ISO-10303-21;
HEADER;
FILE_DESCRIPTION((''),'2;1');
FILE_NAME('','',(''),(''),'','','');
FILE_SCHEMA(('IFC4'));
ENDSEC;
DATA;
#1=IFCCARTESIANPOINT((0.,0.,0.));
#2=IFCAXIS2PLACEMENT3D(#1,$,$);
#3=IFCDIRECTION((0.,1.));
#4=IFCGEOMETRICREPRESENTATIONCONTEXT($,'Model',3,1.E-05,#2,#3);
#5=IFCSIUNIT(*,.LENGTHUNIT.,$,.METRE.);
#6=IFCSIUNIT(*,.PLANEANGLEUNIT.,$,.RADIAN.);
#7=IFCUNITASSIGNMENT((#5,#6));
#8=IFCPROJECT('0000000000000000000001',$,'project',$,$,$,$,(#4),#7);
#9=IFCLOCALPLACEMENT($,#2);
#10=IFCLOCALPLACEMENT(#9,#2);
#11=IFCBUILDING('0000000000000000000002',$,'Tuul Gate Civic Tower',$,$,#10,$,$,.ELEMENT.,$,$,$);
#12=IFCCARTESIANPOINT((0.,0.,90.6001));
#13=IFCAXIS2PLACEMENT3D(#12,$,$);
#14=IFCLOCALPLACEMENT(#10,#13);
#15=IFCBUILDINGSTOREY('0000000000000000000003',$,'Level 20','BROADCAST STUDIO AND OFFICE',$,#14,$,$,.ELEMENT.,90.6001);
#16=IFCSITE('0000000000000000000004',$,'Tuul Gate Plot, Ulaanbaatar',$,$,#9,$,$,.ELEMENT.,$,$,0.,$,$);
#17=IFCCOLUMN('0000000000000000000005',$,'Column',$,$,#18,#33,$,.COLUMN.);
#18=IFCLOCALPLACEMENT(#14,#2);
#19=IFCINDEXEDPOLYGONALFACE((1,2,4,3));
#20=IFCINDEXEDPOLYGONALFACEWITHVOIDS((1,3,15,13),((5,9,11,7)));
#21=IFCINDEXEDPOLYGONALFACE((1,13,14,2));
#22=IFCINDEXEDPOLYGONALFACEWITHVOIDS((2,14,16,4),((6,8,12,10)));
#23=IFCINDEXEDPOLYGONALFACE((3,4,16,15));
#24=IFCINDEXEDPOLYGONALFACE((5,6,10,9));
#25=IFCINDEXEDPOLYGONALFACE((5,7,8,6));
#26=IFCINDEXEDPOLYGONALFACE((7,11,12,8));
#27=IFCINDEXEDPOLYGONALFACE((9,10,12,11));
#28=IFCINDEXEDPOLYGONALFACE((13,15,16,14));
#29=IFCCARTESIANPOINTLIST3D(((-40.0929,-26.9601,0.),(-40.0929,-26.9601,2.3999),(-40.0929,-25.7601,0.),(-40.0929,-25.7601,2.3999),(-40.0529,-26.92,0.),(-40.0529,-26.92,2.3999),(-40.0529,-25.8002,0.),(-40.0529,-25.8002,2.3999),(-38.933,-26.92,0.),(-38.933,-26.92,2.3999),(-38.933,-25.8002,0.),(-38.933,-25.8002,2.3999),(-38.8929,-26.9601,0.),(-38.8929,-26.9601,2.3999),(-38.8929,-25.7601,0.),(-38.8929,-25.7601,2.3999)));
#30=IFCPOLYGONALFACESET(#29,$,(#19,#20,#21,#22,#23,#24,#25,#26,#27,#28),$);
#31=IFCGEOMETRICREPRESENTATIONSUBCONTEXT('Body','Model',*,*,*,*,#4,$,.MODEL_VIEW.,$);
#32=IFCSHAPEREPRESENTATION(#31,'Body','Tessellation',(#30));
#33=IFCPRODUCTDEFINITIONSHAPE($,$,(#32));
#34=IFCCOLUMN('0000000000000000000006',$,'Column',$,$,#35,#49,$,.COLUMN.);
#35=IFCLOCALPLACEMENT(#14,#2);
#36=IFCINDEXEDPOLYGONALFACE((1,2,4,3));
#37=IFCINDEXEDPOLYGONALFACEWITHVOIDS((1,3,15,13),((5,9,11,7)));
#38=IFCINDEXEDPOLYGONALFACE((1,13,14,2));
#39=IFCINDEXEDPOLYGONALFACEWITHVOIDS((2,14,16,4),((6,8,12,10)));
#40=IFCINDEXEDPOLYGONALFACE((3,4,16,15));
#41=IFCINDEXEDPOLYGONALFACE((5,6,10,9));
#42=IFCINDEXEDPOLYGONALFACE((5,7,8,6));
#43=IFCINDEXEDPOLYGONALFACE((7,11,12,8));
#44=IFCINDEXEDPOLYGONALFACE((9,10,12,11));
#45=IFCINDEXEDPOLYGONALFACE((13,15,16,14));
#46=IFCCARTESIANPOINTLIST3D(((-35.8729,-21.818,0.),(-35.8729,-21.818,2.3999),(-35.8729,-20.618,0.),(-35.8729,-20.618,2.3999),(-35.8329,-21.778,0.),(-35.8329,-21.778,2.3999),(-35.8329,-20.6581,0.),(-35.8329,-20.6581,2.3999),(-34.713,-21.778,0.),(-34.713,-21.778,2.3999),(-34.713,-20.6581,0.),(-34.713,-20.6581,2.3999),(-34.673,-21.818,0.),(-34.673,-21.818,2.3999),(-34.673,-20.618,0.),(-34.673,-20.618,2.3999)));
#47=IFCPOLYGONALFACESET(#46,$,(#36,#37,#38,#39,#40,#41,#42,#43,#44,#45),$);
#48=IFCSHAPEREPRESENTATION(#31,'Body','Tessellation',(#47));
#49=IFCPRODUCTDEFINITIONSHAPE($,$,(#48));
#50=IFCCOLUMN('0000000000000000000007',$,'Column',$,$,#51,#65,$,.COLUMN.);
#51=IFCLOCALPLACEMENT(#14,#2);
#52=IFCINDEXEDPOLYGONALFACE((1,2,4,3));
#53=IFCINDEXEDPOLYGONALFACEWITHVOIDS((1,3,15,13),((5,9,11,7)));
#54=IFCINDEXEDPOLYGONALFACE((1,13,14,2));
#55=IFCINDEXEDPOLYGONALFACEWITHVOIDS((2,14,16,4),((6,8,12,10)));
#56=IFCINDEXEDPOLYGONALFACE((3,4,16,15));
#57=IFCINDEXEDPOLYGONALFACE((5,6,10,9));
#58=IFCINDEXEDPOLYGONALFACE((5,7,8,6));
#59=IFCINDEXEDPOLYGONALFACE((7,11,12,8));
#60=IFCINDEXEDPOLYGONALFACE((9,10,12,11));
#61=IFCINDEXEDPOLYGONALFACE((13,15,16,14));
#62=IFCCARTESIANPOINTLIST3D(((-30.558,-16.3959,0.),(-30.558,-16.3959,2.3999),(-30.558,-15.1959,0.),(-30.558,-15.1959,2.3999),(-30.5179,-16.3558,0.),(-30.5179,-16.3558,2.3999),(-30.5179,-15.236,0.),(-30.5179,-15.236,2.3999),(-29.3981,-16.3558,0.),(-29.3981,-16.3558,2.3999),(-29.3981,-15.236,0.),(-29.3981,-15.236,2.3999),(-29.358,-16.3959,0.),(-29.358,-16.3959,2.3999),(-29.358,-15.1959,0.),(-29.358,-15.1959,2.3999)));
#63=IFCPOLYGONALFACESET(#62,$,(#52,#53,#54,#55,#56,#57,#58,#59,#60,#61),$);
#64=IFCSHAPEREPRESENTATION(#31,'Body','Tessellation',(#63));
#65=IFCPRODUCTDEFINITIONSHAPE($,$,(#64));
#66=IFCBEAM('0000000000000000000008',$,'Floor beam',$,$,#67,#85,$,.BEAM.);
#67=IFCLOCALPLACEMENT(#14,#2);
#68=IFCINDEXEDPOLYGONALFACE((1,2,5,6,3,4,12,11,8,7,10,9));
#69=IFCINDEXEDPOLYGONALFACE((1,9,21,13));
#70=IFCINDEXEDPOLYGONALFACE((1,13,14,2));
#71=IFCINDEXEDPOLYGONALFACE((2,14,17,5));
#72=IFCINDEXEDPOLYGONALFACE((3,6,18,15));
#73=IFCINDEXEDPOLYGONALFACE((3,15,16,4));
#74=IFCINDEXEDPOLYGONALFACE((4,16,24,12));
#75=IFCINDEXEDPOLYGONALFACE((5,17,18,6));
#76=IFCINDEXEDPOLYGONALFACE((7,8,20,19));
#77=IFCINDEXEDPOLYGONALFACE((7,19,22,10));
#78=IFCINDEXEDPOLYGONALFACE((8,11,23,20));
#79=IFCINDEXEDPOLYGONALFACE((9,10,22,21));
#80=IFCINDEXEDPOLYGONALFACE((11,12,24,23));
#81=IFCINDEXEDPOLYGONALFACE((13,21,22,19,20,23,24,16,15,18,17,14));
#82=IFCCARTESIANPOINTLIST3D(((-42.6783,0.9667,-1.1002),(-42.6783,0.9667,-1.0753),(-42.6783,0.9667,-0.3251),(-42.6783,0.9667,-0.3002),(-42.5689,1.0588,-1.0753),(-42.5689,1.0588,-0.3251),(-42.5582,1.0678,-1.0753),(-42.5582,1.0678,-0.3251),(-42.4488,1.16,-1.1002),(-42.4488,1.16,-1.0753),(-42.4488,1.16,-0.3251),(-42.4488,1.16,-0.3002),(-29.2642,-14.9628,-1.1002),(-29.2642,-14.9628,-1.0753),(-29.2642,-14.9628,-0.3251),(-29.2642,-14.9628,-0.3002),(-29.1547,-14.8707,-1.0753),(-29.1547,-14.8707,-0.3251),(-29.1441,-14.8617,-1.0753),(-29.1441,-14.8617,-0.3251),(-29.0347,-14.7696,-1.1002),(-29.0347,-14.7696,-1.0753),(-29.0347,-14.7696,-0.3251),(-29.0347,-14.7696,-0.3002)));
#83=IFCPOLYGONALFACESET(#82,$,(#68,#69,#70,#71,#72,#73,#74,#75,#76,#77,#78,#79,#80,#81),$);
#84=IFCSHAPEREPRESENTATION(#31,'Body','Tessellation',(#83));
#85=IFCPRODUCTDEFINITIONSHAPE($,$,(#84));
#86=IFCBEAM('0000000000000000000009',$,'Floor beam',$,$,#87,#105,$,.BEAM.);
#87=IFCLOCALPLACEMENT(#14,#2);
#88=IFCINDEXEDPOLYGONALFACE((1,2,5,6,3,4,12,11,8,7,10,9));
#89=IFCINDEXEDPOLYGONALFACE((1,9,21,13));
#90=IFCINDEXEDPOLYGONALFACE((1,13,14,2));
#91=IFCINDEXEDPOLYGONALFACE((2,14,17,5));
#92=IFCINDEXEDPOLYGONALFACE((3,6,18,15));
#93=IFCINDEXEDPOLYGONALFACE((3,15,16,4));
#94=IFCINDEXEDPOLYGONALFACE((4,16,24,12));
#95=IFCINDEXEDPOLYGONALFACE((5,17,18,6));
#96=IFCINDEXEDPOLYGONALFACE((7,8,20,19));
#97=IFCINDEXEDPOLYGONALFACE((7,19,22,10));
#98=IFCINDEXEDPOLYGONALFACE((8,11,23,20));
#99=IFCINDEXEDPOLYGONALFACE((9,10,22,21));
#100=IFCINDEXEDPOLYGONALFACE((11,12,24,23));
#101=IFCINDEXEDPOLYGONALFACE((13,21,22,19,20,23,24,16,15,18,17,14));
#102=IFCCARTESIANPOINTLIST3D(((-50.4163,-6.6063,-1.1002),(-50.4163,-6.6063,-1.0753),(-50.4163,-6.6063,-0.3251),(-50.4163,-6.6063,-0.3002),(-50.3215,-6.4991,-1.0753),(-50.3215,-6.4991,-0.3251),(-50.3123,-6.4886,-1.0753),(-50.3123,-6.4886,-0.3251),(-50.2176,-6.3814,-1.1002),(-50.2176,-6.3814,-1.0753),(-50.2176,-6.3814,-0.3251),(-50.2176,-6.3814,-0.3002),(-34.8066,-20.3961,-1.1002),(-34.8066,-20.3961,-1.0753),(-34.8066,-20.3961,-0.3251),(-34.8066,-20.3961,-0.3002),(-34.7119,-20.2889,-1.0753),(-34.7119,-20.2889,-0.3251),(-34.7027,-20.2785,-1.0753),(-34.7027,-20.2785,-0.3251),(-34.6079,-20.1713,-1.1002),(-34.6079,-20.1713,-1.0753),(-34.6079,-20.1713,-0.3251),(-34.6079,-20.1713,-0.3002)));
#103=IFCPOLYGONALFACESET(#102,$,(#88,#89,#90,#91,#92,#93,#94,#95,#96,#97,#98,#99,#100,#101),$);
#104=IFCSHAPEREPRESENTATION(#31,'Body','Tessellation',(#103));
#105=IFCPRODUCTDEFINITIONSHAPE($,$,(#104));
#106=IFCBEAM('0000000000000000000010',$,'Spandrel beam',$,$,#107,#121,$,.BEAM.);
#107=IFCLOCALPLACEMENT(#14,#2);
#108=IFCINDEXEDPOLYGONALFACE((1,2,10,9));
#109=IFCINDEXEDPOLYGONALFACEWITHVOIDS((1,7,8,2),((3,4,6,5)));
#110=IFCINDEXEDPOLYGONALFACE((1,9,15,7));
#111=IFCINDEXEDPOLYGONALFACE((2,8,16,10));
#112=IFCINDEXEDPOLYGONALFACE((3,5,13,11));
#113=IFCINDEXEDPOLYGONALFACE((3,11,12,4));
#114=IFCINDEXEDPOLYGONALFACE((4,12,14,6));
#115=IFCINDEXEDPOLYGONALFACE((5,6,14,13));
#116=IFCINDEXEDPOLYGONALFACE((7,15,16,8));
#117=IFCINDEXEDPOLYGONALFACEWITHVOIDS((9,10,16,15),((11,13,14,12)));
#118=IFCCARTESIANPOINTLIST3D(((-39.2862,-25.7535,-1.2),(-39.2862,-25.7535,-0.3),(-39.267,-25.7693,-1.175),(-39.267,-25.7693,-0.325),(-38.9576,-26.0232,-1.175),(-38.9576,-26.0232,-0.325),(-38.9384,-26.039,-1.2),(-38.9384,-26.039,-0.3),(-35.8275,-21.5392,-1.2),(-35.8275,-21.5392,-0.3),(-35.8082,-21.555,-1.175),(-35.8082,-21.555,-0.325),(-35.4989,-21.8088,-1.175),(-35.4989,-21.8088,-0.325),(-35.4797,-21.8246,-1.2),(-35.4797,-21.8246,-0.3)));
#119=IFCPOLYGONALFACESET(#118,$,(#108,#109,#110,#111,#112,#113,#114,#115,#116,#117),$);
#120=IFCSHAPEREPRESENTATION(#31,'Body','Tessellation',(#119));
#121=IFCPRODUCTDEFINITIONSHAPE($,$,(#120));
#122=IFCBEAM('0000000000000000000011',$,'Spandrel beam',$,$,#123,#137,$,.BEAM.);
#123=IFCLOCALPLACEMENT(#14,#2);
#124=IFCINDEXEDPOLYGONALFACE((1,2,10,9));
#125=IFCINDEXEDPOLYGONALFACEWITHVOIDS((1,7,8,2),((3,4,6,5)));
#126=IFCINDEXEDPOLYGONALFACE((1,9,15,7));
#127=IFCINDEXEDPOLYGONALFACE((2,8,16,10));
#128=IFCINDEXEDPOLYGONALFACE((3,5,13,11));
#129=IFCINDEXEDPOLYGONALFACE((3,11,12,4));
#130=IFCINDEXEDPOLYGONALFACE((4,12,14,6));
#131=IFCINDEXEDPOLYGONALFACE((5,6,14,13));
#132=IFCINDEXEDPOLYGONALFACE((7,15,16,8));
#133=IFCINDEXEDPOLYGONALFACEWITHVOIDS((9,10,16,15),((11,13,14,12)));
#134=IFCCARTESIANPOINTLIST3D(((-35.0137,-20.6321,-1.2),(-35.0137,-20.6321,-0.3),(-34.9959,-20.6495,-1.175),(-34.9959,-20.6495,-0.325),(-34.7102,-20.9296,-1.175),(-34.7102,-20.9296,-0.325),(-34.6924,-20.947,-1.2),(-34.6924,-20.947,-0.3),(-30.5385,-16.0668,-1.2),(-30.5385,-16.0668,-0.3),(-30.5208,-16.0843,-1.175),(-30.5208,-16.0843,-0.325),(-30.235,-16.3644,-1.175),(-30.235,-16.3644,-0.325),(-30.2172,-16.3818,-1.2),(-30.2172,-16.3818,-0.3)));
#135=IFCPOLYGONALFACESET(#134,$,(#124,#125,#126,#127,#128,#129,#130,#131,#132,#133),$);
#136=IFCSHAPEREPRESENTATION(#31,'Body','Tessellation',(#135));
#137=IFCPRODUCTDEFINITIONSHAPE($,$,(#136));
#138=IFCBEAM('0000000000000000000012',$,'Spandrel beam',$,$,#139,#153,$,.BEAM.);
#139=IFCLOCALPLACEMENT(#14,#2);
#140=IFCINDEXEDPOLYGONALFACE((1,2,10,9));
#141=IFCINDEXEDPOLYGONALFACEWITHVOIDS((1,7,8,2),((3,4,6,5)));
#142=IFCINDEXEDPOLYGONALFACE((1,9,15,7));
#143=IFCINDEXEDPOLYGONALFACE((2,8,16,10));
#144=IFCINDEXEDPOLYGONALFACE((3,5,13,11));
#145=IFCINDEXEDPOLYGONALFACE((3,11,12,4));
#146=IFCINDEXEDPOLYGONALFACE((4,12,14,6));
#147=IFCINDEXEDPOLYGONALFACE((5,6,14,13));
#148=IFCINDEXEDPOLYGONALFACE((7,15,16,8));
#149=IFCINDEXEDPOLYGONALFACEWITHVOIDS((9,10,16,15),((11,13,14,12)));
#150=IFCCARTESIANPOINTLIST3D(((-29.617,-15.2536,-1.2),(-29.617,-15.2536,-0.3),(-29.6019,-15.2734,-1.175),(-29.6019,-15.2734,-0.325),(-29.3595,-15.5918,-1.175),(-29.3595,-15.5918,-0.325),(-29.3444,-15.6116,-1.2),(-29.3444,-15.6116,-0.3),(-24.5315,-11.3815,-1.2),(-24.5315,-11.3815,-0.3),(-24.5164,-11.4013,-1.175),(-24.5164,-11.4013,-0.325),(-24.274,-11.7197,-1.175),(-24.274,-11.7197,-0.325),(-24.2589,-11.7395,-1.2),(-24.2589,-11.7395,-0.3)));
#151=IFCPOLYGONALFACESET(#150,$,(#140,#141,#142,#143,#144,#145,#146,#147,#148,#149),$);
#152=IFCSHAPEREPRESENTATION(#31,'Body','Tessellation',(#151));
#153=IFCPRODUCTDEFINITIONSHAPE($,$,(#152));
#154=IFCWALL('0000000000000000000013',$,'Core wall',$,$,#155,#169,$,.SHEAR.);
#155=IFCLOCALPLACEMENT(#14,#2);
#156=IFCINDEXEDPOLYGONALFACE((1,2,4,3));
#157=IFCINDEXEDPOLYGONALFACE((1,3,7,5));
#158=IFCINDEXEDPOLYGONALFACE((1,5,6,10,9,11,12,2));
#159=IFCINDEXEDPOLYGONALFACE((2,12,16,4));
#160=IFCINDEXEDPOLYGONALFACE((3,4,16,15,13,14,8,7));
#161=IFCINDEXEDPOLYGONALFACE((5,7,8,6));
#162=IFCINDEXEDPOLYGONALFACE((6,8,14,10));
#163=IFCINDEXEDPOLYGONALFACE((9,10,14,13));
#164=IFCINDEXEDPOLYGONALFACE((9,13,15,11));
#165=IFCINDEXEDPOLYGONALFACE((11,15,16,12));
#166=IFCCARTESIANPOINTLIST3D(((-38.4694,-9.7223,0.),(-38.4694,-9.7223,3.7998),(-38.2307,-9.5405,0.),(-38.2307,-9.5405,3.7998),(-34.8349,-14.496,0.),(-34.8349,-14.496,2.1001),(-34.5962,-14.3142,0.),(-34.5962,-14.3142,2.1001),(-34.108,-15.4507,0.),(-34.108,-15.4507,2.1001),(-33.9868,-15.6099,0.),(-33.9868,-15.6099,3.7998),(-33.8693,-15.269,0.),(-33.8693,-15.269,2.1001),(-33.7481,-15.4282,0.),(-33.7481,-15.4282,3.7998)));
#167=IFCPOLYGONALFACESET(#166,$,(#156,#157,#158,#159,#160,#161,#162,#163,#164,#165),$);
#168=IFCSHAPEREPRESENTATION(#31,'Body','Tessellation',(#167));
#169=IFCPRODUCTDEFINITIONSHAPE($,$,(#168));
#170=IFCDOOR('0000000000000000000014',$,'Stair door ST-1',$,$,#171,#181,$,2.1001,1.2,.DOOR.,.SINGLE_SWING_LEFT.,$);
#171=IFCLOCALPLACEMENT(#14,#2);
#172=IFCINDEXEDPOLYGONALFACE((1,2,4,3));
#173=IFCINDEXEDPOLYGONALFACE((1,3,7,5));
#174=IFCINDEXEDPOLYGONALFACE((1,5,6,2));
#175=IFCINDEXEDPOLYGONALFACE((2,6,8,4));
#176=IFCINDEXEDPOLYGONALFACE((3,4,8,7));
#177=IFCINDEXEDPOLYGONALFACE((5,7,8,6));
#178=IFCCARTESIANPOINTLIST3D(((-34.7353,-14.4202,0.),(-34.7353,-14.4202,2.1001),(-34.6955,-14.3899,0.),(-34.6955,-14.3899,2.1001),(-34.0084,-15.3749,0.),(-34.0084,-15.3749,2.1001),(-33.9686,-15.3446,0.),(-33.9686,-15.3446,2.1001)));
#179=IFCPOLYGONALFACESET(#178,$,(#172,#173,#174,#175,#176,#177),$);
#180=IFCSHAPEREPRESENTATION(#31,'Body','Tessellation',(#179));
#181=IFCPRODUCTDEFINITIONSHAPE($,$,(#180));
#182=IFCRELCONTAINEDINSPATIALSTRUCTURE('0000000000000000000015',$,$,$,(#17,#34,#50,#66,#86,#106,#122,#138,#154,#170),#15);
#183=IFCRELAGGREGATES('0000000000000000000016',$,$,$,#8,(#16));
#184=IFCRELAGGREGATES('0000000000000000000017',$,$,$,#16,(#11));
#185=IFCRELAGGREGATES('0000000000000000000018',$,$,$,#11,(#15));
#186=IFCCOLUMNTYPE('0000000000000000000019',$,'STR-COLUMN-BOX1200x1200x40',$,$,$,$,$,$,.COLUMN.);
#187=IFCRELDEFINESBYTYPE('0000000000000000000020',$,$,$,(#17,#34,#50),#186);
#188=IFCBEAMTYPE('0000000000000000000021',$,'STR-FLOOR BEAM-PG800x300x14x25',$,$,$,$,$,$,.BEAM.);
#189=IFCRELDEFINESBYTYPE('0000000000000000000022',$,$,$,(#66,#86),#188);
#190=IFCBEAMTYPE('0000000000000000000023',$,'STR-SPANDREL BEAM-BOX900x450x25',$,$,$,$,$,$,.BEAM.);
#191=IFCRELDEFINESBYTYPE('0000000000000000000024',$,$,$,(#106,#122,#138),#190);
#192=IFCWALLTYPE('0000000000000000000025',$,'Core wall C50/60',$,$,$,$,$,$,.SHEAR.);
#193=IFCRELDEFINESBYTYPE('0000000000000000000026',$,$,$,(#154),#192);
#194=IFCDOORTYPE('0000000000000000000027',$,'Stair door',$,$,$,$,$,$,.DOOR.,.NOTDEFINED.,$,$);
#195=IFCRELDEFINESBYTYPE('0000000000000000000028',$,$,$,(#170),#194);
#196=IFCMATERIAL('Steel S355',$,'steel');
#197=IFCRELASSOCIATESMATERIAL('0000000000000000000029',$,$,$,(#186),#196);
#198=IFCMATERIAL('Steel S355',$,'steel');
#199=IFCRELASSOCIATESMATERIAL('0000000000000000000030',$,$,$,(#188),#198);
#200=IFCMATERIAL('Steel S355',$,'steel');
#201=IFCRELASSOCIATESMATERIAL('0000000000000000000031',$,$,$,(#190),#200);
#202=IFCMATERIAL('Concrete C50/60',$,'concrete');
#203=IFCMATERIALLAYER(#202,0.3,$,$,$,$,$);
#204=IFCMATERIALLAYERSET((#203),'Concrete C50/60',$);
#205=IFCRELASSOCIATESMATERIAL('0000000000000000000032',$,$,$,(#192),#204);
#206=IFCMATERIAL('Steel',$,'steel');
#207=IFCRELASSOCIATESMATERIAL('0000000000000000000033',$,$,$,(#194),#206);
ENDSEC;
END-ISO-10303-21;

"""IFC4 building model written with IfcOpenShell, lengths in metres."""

from ifc_helpers import new_model, si_unit, direction, frame, frame_2d, origin, origin_2d, place, context, subcontext, project, spatial, rectangle, hollow_rectangle, i_section, extrude, material, layer, layer_set, material_profile, profile_set, type_object, element, fill, save


model = new_model("IFC4")

# Units and contexts
model_context = context("Model", 3, precision=1e-05, world=origin(), true_north=direction((0.0, 1.0)))
body_context = subcontext(model_context, "Body", "Model", "MODEL_VIEW")
ifc_project = project(units=[si_unit("LENGTHUNIT", "METRE"), si_unit("PLANEANGLEUNIT", "RADIAN")], contexts=[model_context])

# Site, building, storey
site_placement = place(None, origin())
site = spatial("IfcSite", under=ifc_project, at=site_placement, Name="Tuul Gate Plot, Ulaanbaatar", CompositionType="ELEMENT", RefElevation=0.0)
building_placement = place(site_placement, origin())
building = spatial("IfcBuilding", under=site, at=building_placement, Name="Tuul Gate Civic Tower", CompositionType="ELEMENT")
storey_placement = place(building_placement, frame((0.0, 0.0, 90.6001)))
storey = spatial("IfcBuildingStorey", under=building, at=storey_placement, Name="Level 20", Description="BROADCAST STUDIO AND OFFICE", CompositionType="ELEMENT", Elevation=90.6001)

# Columns
ifc_material_1 = material(Name="Steel S355", Category="steel")
ifc_material_profile_1 = material_profile(ifc_material_1, hollow_rectangle(XDim=1.2, YDim=1.2, WallThickness=0.04, at=origin_2d()), Name="BOX1200x1200x40")
ifc_profile_set_1 = profile_set([ifc_material_profile_1], Name="Steel S355")
column_type = type_object("IfcColumnType", Name="STR-COLUMN-BOX1200x1200x40", PredefinedType="COLUMN", material=ifc_profile_set_1)
for number, where, z_axis, x_axis, name in (
    (1, (-39.4929, -26.3601, 0.0), (0.0, 0.0, 1.0), (1.0, 0.0, 0.0), "Column"),
    (2, (-35.2729, -21.218, 0.0), (0.0, 0.0, 1.0), (1.0, 0.0, 0.0), "Column"),
    (3, (-29.958, -15.7959, 0.0), (0.0, 0.0, 1.0), (1.0, 0.0, 0.0), "Column"),
):
    element("IfcColumn", number, at=place(storey_placement, frame(where, z_axis=z_axis, x_axis=x_axis)), inside=storey, type_object=column_type, Name=name, PredefinedType="COLUMN", context=body_context, shape_type="SweptSolid", body=[
        extrude(hollow_rectangle(XDim=1.2, YDim=1.2, WallThickness=0.04, at=origin_2d()), origin(), (0.0, 0.0, 1.0), 2.3999),
    ])

# Beams
ifc_material_2 = material(Name="Steel S355", Category="steel")
ifc_material_profile_2 = material_profile(ifc_material_2, i_section(OverallWidth=0.3, OverallDepth=0.8, WebThickness=0.0139, FlangeThickness=0.0249, at=origin_2d()), Name="PG800x300x14x25")
ifc_profile_set_2 = profile_set([ifc_material_profile_2], Name="Steel S355")
beam_type_1 = type_object("IfcBeamType", Name="STR-FLOOR BEAM-PG800x300x14x25", PredefinedType="BEAM", material=ifc_profile_set_2)
beam_1_placement = place(storey_placement, frame((-29.1494, -14.8662, -0.7002), z_axis=(-0.64413, 0.764916, 0.0), x_axis=(-0.764916, -0.64413, 0.0)))
element("IfcBeam", 4, at=beam_1_placement, inside=storey, type_object=beam_type_1, Name="Floor beam", PredefinedType="BEAM", context=body_context, shape_type="SweptSolid", body=[
    extrude(i_section(OverallWidth=0.3, OverallDepth=0.8, WebThickness=0.0139, FlangeThickness=0.0249, at=origin_2d()), origin(), (0.0, 0.0, 1.0), 20.8252),
])
beam_2_placement = place(storey_placement, frame((-34.7073, -20.2837, -0.7002), z_axis=(-0.749442, 0.66207, 0.0), x_axis=(-0.66207, -0.749442, 0.0)))
element("IfcBeam", 5, at=beam_2_placement, inside=storey, type_object=beam_type_1, Name="Floor beam", PredefinedType="BEAM", context=body_context, shape_type="SweptSolid", body=[
    extrude(i_section(OverallWidth=0.3, OverallDepth=0.8, WebThickness=0.0139, FlangeThickness=0.0249, at=origin_2d()), origin(), (0.0, 0.0, 1.0), 20.8284),
])
ifc_material_3 = material(Name="Steel S355", Category="steel")
ifc_material_profile_3 = material_profile(ifc_material_3, hollow_rectangle(XDim=0.45, YDim=0.8999, WallThickness=0.0249, at=origin_2d()), Name="BOX900x450x25")
ifc_profile_set_3 = profile_set([ifc_material_profile_3], Name="Steel S355")
beam_type_2 = type_object("IfcBeamType", Name="STR-SPANDREL BEAM-BOX900x450x25", PredefinedType="BEAM", material=ifc_profile_set_3)
beam_3_placement = place(storey_placement, frame((-39.1123, -25.8962, -0.75), z_axis=(0.634405, 0.773001, 0.0), x_axis=(-0.773001, 0.634405, 0.0)))
element("IfcBeam", 6, at=beam_3_placement, inside=storey, type_object=beam_type_2, Name="Spandrel beam", PredefinedType="BEAM", context=body_context, shape_type="SweptSolid", body=[
    extrude(hollow_rectangle(XDim=0.45, YDim=0.8999, WallThickness=0.0249, at=origin_2d()), origin(), (0.0, 0.0, 1.0), 5.4519),
])
beam_4_placement = place(storey_placement, frame((-34.853, -20.7896, -0.75), z_axis=(0.700026, 0.714118, 0.0), x_axis=(-0.714118, 0.700026, 0.0)))
element("IfcBeam", 7, at=beam_4_placement, inside=storey, type_object=beam_type_2, Name="Spandrel beam", PredefinedType="BEAM", context=body_context, shape_type="SweptSolid", body=[
    extrude(hollow_rectangle(XDim=0.45, YDim=0.8999, WallThickness=0.0249, at=origin_2d()), origin(), (0.0, 0.0, 1.0), 6.3928),
])
beam_5_placement = place(storey_placement, frame((-29.4807, -15.4326, -0.75), z_axis=(0.795625, 0.60579, 0.0), x_axis=(-0.60579, 0.795625, 0.0)))
element("IfcBeam", 8, at=beam_5_placement, inside=storey, type_object=beam_type_2, Name="Spandrel beam", PredefinedType="BEAM", context=body_context, shape_type="SweptSolid", body=[
    extrude(hollow_rectangle(XDim=0.45, YDim=0.8999, WallThickness=0.0249, at=origin_2d()), origin(), (0.0, 0.0, 1.0), 6.3918),
])

# Wall, opening, door
ifc_material_4 = material(Name="Concrete C50/60", Category="concrete")
ifc_layer_1 = layer(ifc_material_4, 0.3)
ifc_layer_set_1 = layer_set([ifc_layer_1], Name="Concrete C50/60")
wall_type_1 = type_object("IfcWallType", Name="Core wall C50/60", PredefinedType="SHEAR", material=ifc_layer_set_1)
wall_1_placement = place(storey_placement, frame((-33.8674, -15.519, 0.0), z_axis=(0.0, 0.0, 1.0), x_axis=(-0.60577, 0.79564, 0.0)))
wall_1 = element("IfcWall", 9, at=wall_1_placement, inside=storey, type_object=wall_type_1, Name="Core wall", PredefinedType="SHEAR", context=body_context, shape_type="SweptSolid", body=[
    extrude(rectangle(XDim=7.3999, YDim=0.3, at=frame_2d((3.7, 0.0))), origin(), (0.0, 0.0, 1.0), 3.7998),
])
opening_1_placement = place(wall_1_placement, frame((0.2, 0.0, 0.0)))
opening_1 = element("IfcOpeningElement", 10, at=opening_1_placement, cuts=wall_1, PredefinedType="OPENING", context=body_context, shape_type="SweptSolid", body=[
    extrude(rectangle(XDim=1.2, YDim=2.1001, at=frame_2d((0.6001, 1.05))), frame((0.0, 0.1602, 0.0), z_axis=(0.0, -1.0, 0.0), x_axis=(1.0, 0.0, 0.0)), (0.0, 0.0, 1.0), 0.3201),
])
ifc_material_5 = material(Name="Steel", Category="steel")
door_type_1 = type_object("IfcDoorType", Name="Stair door", OperationType="NOTDEFINED", PredefinedType="DOOR", material=ifc_material_5)
door_1_placement = place(opening_1_placement, origin())
door_1 = element("IfcDoor", 11, at=door_1_placement, inside=storey, type_object=door_type_1, Name="Stair door ST-1", OperationType="SINGLE_SWING_LEFT", OverallHeight=2.1001, OverallWidth=1.2, PredefinedType="DOOR", context=body_context, shape_type="SweptSolid", body=[
    extrude(rectangle(XDim=1.2, YDim=2.1001, at=frame_2d((0.6001, 1.05))), frame((0.0, 0.0249, 0.0), z_axis=(0.0, -1.0, 0.0), x_axis=(1.0, 0.0, 0.0)), (0.0, 0.0, 1.0), 0.05),
])
fill(opening_1, door_1)

save(model, "model.ifc")
